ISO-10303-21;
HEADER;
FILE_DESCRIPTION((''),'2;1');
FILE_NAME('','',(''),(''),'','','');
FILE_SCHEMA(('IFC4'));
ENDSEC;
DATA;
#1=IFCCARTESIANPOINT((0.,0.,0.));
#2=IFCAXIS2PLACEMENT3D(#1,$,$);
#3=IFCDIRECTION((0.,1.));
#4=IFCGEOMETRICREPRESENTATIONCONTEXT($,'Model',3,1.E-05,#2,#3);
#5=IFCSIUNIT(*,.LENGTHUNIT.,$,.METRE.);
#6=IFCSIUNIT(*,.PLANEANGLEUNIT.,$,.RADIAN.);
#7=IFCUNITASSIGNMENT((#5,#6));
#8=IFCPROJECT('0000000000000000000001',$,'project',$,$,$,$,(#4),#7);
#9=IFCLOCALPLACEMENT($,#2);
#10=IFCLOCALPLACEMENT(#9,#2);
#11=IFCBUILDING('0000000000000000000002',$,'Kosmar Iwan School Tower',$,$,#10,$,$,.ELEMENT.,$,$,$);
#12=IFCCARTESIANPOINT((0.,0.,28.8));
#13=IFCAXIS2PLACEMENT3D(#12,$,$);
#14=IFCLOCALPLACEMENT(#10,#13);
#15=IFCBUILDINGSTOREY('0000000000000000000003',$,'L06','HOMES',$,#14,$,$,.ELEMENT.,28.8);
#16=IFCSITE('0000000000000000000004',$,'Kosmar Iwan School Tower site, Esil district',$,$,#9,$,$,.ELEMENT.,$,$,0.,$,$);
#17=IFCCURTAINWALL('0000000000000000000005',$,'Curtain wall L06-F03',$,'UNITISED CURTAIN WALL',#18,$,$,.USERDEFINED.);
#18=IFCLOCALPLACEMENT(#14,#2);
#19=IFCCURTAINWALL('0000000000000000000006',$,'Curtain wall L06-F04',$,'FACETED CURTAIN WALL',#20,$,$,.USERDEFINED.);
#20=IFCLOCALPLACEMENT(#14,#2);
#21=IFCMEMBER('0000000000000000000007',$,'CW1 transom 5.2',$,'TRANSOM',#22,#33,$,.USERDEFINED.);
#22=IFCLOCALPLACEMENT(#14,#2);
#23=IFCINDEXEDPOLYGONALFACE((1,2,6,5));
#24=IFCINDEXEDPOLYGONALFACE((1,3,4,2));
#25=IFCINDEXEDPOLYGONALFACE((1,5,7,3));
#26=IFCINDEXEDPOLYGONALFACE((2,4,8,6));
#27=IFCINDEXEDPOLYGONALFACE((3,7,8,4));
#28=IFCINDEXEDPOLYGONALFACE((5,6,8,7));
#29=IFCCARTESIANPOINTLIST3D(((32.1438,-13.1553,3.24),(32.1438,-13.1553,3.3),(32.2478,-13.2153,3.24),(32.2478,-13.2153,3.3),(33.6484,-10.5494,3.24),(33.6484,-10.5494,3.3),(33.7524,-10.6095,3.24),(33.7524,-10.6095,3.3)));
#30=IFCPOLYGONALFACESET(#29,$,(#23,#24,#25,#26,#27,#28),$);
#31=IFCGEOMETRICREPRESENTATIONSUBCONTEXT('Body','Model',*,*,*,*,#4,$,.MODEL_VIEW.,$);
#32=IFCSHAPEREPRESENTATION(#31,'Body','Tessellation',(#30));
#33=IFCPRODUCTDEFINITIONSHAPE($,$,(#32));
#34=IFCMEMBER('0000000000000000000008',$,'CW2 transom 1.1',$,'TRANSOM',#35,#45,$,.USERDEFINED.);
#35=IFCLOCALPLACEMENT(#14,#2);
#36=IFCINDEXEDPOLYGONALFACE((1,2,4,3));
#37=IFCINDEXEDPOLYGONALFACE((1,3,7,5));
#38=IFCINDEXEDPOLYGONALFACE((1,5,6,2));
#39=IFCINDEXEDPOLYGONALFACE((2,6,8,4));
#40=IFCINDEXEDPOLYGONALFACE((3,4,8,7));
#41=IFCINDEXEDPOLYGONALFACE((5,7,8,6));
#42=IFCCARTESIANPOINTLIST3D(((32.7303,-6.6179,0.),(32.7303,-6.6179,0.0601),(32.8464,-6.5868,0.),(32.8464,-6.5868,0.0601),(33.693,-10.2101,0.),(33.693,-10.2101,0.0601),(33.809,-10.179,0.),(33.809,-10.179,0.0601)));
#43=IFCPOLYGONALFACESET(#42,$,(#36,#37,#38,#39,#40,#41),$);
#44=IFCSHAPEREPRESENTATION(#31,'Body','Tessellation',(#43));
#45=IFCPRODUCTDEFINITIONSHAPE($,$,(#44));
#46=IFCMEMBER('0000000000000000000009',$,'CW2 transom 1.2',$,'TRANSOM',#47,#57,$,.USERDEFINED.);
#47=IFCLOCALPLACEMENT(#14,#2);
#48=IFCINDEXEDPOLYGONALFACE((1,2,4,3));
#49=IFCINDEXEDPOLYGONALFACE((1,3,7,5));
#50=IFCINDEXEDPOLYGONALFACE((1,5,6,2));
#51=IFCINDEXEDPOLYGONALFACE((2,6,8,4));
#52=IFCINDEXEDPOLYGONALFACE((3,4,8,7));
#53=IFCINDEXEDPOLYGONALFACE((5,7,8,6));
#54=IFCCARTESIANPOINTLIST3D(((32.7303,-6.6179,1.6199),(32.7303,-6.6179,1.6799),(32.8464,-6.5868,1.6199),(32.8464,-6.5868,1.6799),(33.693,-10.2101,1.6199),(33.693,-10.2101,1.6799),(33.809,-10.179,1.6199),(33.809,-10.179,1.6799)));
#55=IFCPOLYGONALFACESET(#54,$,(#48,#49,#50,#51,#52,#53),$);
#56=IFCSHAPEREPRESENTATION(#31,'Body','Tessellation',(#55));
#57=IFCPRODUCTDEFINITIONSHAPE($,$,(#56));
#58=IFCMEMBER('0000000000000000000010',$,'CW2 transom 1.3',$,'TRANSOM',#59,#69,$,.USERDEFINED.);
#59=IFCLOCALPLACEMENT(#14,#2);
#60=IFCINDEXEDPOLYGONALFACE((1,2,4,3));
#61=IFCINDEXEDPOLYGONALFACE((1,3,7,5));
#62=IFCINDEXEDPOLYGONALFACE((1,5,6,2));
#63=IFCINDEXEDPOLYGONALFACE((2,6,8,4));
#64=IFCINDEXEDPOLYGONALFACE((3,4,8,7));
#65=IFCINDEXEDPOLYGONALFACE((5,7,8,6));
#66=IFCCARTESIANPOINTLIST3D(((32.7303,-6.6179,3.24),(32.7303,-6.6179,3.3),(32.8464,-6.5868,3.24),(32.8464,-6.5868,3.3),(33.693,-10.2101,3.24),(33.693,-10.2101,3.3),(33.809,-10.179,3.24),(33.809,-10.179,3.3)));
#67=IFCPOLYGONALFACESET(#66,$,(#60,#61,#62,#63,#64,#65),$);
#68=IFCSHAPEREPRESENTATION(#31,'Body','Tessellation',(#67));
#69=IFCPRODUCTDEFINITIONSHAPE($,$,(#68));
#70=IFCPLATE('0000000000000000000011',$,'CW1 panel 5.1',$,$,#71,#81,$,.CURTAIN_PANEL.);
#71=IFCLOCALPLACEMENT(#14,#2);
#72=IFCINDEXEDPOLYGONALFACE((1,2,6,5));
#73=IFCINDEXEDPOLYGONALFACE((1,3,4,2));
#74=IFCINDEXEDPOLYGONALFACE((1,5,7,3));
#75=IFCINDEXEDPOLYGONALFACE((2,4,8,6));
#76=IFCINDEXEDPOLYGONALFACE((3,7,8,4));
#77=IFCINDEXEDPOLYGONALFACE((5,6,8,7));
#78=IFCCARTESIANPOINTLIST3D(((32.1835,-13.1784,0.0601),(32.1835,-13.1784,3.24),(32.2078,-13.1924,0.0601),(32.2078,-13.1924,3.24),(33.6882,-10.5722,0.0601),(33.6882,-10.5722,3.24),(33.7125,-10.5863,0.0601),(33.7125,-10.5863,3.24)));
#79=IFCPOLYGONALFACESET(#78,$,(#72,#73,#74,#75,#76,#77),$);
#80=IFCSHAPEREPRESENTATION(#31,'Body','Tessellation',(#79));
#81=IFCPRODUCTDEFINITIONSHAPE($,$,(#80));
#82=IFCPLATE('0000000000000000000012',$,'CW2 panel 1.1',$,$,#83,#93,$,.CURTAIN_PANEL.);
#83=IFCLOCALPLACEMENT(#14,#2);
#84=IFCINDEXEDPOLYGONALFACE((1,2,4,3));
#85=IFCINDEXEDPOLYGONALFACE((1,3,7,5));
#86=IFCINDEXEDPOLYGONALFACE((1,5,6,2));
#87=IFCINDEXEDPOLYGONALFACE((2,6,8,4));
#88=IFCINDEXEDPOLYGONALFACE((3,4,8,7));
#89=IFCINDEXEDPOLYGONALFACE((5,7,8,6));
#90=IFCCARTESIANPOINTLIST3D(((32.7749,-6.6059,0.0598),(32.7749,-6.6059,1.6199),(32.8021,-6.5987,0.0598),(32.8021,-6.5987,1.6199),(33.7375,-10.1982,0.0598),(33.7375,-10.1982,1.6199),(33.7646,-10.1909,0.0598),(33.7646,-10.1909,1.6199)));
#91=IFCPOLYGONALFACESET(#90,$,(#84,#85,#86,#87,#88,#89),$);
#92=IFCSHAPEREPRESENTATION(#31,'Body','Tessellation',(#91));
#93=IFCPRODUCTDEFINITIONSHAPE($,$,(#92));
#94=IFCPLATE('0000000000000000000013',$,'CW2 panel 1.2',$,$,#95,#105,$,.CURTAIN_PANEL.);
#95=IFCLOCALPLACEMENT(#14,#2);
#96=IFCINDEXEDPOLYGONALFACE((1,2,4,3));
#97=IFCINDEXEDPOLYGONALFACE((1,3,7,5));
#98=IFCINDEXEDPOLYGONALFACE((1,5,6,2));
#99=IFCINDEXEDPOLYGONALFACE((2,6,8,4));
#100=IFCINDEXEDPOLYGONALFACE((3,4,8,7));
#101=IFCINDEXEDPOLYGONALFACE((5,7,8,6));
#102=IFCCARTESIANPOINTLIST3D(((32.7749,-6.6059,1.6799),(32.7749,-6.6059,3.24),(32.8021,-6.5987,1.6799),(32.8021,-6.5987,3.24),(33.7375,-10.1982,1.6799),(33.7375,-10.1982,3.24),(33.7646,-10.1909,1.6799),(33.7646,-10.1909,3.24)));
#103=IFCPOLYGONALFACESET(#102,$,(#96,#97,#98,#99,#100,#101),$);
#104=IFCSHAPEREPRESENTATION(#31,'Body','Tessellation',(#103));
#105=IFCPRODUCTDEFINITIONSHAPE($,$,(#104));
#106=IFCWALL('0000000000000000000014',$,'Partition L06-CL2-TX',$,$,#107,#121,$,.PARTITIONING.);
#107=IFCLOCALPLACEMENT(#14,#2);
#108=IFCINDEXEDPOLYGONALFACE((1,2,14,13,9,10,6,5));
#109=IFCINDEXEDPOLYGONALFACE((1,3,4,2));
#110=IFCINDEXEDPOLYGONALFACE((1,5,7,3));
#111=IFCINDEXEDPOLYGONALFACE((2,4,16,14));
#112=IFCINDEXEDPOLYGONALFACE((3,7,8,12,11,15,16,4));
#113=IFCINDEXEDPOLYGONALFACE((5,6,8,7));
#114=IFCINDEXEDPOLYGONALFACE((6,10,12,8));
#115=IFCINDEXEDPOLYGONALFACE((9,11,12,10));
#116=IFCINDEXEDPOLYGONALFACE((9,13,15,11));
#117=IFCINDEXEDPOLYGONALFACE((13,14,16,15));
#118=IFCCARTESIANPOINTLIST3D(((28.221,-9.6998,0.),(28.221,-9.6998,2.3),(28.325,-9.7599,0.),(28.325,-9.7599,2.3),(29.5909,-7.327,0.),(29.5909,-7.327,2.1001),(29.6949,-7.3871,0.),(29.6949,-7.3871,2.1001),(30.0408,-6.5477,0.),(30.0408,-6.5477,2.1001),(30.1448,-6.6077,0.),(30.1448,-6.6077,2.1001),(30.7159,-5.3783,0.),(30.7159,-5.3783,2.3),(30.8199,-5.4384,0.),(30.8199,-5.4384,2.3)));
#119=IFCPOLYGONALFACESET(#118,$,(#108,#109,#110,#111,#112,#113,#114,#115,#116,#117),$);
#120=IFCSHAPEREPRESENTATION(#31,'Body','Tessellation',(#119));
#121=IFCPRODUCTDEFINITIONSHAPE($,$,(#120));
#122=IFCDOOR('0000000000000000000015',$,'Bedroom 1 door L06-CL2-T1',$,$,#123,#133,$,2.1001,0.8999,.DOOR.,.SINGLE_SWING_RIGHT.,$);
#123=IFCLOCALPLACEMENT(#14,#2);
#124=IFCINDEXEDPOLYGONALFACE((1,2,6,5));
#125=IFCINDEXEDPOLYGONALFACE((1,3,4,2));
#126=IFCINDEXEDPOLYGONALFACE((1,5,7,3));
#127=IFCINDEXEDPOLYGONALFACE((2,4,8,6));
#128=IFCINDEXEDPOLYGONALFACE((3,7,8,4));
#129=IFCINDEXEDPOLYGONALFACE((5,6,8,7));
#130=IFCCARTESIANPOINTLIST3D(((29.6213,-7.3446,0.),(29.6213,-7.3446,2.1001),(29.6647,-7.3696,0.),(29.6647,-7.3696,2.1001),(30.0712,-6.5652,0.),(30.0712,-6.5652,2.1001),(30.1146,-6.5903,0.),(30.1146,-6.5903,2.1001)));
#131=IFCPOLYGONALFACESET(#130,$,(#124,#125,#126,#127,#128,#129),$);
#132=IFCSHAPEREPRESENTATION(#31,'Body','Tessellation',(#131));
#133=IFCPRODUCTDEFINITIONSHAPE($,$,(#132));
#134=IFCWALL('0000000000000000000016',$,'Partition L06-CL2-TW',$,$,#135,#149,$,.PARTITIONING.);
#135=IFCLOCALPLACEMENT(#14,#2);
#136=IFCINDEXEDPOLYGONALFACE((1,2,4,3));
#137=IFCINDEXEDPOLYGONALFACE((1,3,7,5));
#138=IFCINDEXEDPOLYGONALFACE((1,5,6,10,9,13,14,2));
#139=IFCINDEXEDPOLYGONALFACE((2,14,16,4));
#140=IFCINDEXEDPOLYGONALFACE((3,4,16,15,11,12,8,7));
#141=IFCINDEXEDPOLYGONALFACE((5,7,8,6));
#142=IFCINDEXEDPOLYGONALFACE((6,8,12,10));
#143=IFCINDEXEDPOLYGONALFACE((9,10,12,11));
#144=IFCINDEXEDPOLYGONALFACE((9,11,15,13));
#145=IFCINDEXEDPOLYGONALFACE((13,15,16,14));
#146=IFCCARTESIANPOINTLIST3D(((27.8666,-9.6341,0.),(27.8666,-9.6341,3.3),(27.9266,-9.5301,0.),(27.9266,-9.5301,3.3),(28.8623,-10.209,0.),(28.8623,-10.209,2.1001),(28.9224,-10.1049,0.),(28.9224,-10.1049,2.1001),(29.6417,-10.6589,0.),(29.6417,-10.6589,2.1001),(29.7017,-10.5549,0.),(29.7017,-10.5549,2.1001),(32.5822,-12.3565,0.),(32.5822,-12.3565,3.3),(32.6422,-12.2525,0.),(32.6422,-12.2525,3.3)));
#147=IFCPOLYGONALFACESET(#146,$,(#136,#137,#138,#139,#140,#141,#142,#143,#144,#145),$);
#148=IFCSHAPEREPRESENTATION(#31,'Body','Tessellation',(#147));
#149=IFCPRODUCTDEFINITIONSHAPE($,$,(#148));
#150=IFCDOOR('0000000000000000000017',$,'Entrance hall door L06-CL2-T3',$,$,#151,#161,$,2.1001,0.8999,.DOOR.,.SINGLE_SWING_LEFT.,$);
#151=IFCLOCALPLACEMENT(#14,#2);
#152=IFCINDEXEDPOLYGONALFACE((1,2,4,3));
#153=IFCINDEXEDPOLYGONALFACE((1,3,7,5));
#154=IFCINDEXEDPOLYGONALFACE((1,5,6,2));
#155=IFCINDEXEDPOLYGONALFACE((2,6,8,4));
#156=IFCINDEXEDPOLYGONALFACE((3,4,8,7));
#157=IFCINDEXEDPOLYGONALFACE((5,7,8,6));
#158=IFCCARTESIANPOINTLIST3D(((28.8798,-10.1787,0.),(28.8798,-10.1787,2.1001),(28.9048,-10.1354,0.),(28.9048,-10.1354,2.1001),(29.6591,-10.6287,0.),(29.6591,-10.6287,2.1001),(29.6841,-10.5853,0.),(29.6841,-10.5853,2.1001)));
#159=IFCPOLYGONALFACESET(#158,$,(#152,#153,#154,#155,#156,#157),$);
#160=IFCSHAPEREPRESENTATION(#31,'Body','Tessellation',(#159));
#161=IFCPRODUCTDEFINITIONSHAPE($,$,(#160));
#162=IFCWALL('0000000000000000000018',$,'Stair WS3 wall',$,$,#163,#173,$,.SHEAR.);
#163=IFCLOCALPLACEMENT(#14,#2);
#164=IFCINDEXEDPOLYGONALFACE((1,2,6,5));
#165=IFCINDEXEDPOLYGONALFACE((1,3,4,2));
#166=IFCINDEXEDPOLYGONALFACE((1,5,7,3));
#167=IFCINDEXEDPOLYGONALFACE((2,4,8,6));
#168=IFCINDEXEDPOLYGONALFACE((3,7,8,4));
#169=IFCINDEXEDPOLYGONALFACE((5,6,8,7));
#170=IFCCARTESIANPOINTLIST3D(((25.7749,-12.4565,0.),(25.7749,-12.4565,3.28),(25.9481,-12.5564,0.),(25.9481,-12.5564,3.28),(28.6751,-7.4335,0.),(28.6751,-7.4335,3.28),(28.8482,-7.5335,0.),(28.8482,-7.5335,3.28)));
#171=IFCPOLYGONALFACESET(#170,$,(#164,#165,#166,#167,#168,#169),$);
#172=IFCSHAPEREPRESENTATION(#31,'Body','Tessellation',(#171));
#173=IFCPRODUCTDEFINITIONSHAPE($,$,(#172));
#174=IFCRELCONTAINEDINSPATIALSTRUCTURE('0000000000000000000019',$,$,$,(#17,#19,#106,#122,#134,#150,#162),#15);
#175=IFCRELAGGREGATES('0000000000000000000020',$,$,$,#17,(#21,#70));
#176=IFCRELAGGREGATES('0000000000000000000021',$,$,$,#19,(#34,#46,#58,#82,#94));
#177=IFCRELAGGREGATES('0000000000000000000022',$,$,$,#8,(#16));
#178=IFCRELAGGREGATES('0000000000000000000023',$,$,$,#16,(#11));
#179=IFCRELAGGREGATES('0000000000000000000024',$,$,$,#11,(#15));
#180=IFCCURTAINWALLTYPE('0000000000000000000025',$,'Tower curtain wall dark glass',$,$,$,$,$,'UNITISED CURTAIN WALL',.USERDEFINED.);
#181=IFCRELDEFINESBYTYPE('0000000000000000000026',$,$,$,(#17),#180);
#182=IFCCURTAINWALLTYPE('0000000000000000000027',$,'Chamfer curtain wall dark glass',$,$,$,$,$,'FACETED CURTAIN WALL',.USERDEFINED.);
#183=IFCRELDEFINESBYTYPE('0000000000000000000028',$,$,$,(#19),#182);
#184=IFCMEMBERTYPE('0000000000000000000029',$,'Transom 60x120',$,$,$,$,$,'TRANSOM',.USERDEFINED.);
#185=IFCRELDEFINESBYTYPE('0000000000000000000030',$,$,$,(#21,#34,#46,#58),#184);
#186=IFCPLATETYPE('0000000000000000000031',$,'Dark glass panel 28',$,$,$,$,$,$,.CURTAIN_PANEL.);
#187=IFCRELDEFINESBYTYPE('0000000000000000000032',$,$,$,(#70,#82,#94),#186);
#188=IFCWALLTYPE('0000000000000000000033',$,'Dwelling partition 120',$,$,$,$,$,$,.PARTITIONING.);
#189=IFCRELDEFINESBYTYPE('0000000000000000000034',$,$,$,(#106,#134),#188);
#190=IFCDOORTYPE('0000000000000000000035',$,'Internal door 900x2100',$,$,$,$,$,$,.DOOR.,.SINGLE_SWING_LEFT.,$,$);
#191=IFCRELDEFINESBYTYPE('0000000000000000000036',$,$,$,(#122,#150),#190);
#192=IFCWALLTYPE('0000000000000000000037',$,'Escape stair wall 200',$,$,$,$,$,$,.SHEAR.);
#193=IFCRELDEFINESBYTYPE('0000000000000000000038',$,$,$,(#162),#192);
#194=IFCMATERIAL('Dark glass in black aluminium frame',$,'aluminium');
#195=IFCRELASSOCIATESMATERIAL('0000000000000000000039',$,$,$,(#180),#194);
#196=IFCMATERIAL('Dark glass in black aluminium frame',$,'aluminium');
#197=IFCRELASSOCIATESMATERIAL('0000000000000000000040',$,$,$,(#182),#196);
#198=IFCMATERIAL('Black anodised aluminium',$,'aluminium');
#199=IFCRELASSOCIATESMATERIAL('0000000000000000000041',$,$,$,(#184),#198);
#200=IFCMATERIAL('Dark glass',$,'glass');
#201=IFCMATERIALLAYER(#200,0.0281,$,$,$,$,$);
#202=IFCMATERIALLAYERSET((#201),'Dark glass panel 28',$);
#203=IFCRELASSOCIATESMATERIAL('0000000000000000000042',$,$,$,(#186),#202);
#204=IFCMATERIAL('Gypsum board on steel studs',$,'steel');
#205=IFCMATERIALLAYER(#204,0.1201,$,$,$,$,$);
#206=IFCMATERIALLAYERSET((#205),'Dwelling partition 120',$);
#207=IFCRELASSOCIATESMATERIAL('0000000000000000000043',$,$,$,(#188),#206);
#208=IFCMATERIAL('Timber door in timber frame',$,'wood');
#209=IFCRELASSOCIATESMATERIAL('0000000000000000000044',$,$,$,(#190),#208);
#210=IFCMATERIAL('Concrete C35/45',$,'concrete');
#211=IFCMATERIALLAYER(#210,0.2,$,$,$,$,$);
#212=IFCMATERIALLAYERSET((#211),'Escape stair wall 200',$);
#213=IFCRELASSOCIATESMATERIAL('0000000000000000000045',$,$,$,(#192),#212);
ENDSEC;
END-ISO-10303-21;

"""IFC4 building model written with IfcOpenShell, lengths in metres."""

from ifc_helpers import new_model, si_unit, direction, frame, frame_2d, origin, origin_2d, place, context, subcontext, project, spatial, rectangle, extrude, material, layer, layer_set, material_profile, profile_set, type_object, element, fill, aggregate, save


model = new_model("IFC4")

# Units and contexts
model_context = context("Model", 3, precision=1e-05, world=origin(), true_north=direction((0.0, 1.0)))
body_context = subcontext(model_context, "Body", "Model", "MODEL_VIEW")
ifc_project = project(units=[si_unit("LENGTHUNIT", "METRE"), si_unit("PLANEANGLEUNIT", "RADIAN")], contexts=[model_context])

# Site, building, storey
site_placement = place(None, origin())
site = spatial("IfcSite", under=ifc_project, at=site_placement, Name="Kosmar Iwan School Tower site, Esil district", CompositionType="ELEMENT", RefElevation=0.0)
building_placement = place(site_placement, origin())
building = spatial("IfcBuilding", under=site, at=building_placement, Name="Kosmar Iwan School Tower", CompositionType="ELEMENT")
storey_placement = place(building_placement, frame((0.0, 0.0, 28.8)))
storey = spatial("IfcBuildingStorey", under=building, at=storey_placement, Name="L06", Description="HOMES", CompositionType="ELEMENT", Elevation=28.8)

# Curtain walls
ifc_material_1 = material(Name="Dark glass in black aluminium frame", Category="aluminium")
curtain_wall_type_1 = type_object("IfcCurtainWallType", Name="Tower curtain wall dark glass", ElementType="UNITISED CURTAIN WALL", PredefinedType="USERDEFINED", material=ifc_material_1)
curtain_wall_1_placement = place(storey_placement, origin())
curtain_wall_1 = element("IfcCurtainWall", 1, at=curtain_wall_1_placement, inside=storey, type_object=curtain_wall_type_1, Name="Curtain wall L06-F03", ObjectType="UNITISED CURTAIN WALL", PredefinedType="USERDEFINED")
ifc_material_2 = material(Name="Dark glass in black aluminium frame", Category="aluminium")
curtain_wall_type_2 = type_object("IfcCurtainWallType", Name="Chamfer curtain wall dark glass", ElementType="FACETED CURTAIN WALL", PredefinedType="USERDEFINED", material=ifc_material_2)
curtain_wall_2_placement = place(storey_placement, origin())
curtain_wall_2 = element("IfcCurtainWall", 2, at=curtain_wall_2_placement, inside=storey, type_object=curtain_wall_type_2, Name="Curtain wall L06-F04", ObjectType="FACETED CURTAIN WALL", PredefinedType="USERDEFINED")

# Members
ifc_material_3 = material(Name="Black anodised aluminium", Category="aluminium")
ifc_material_profile_1 = material_profile(ifc_material_3, rectangle(XDim=0.1201, YDim=0.0601, at=origin_2d()), Name="TRANSOM 60x120")
ifc_profile_set_1 = profile_set([ifc_material_profile_1], Name="Black anodised aluminium")
member_type_1 = type_object("IfcMemberType", Name="Transom 60x120", ElementType="TRANSOM", PredefinedType="USERDEFINED", material=ifc_profile_set_1)
member_1_placement = place(storey_placement, frame((32.1958, -13.1853, 3.27), z_axis=(0.500022, 0.866013, 0.0), x_axis=(-0.866013, 0.500022, 0.0)))
member_1 = element("IfcMember", 3, at=member_1_placement, type_object=member_type_1, Name="CW1 transom 5.2", ObjectType="TRANSOM", PredefinedType="USERDEFINED", context=body_context, shape_type="SweptSolid", body=[
    extrude(rectangle(XDim=0.1201, YDim=0.0601, at=origin_2d()), origin(), (0.0, 0.0, 1.0), 3.009),
])
member_2_placement = place(storey_placement, frame((33.751, -10.1946, 0.03), z_axis=(-0.258843, 0.965919, 0.0), x_axis=(-0.965919, -0.258843, 0.0)))
member_2 = element("IfcMember", 4, at=member_2_placement, type_object=member_type_1, Name="CW2 transom 1.1", ObjectType="TRANSOM", PredefinedType="USERDEFINED", context=body_context, shape_type="SweptSolid", body=[
    extrude(rectangle(XDim=0.1201, YDim=0.0601, at=origin_2d()), origin(), (0.0, 0.0, 1.0), 3.719),
])
member_3_placement = place(storey_placement, frame((33.751, -10.1946, 1.6499), z_axis=(-0.258843, 0.965919, 0.0), x_axis=(-0.965919, -0.258843, 0.0)))
member_3 = element("IfcMember", 5, at=member_3_placement, type_object=member_type_1, Name="CW2 transom 1.2", ObjectType="TRANSOM", PredefinedType="USERDEFINED", context=body_context, shape_type="SweptSolid", body=[
    extrude(rectangle(XDim=0.1201, YDim=0.0601, at=origin_2d()), origin(), (0.0, 0.0, 1.0), 3.719),
])
member_4_placement = place(storey_placement, frame((33.751, -10.1946, 3.27), z_axis=(-0.258843, 0.965919, 0.0), x_axis=(-0.965919, -0.258843, 0.0)))
member_4 = element("IfcMember", 6, at=member_4_placement, type_object=member_type_1, Name="CW2 transom 1.3", ObjectType="TRANSOM", PredefinedType="USERDEFINED", context=body_context, shape_type="SweptSolid", body=[
    extrude(rectangle(XDim=0.1201, YDim=0.0601, at=origin_2d()), origin(), (0.0, 0.0, 1.0), 3.719),
])

# Plates
ifc_material_4 = material(Name="Dark glass", Category="glass")
ifc_layer_1 = layer(ifc_material_4, 0.0281)
ifc_layer_set_1 = layer_set([ifc_layer_1], Name="Dark glass panel 28")
plate_type = type_object("IfcPlateType", Name="Dark glass panel 28", PredefinedType="CURTAIN_PANEL", material=ifc_layer_set_1)
plate_1_placement = place(storey_placement, frame((32.948, -11.8823, 0.0601), z_axis=(0.0, 0.0, 1.0), x_axis=(0.5, 0.866025, 0.0)))
plate_1 = element("IfcPlate", 7, at=plate_1_placement, type_object=plate_type, Name="CW1 panel 5.1", PredefinedType="CURTAIN_PANEL", context=body_context, shape_type="SweptSolid", body=[
    extrude(rectangle(XDim=3.0093, YDim=0.0281, at=origin_2d()), origin(), (0.0, 0.0, 1.0), 3.1799),
])
aggregate(curtain_wall_1, [member_1, plate_1])
plate_2_placement = place(storey_placement, frame((33.2698, -8.3984, 0.0598), z_axis=(0.0, 0.0, 1.0), x_axis=(-0.258819, 0.965926, 0.0)))
plate_2 = element("IfcPlate", 8, at=plate_2_placement, type_object=plate_type, Name="CW2 panel 1.1", PredefinedType="CURTAIN_PANEL", context=body_context, shape_type="SweptSolid", body=[
    extrude(rectangle(XDim=3.719, YDim=0.0281, at=origin_2d()), origin(), (0.0, 0.0, 1.0), 1.5601),
])
plate_3_placement = place(storey_placement, frame((33.2698, -8.3984, 1.6799), z_axis=(0.0, 0.0, 1.0), x_axis=(-0.258819, 0.965926, 0.0)))
plate_3 = element("IfcPlate", 9, at=plate_3_placement, type_object=plate_type, Name="CW2 panel 1.2", PredefinedType="CURTAIN_PANEL", context=body_context, shape_type="SweptSolid", body=[
    extrude(rectangle(XDim=3.719, YDim=0.0281, at=origin_2d()), origin(), (0.0, 0.0, 1.0), 1.5601),
])
aggregate(curtain_wall_2, [member_2, member_3, member_4, plate_2, plate_3])

# Walls, openings, doors
ifc_material_5 = material(Name="Gypsum board on steel studs", Category="steel")
ifc_layer_2 = layer(ifc_material_5, 0.1201)
ifc_layer_set_2 = layer_set([ifc_layer_2], Name="Dwelling partition 120")
wall_type_1 = type_object("IfcWallType", Name="Dwelling partition 120", PredefinedType="PARTITIONING", material=ifc_layer_set_2)
wall_1_placement = place(storey_placement, frame((28.2729, -9.73, 0.0), z_axis=(0.0, 0.0, 1.0), x_axis=(0.499975, 0.86604, 0.0)))
wall_1 = element("IfcWall", 10, at=wall_1_placement, inside=storey, type_object=wall_type_1, Name="Partition L06-CL2-TX", PredefinedType="PARTITIONING", context=body_context, shape_type="SweptSolid", body=[
    extrude(rectangle(XDim=4.99, YDim=0.1201, at=frame_2d((2.4951, 0.0))), origin(), (0.0, 0.0, 1.0), 2.3),
])
opening_1_placement = place(wall_1_placement, frame((2.74, 0.0, 0.0)))
opening_1 = element("IfcOpeningElement", 11, at=opening_1_placement, cuts=wall_1, PredefinedType="OPENING", context=body_context, shape_type="SweptSolid", body=[
    extrude(rectangle(XDim=0.8999, YDim=2.1001, at=frame_2d((0.45, 1.05))), frame((0.0, 0.072, 0.0), z_axis=(0.0, -1.0, 0.0), x_axis=(1.0, 0.0, 0.0)), (0.0, 0.0, 1.0), 0.144),
])
ifc_material_6 = material(Name="Timber door in timber frame", Category="wood")
door_type = type_object("IfcDoorType", Name="Internal door 900x2100", OperationType="SINGLE_SWING_LEFT", PredefinedType="DOOR", material=ifc_material_6)
door_1_placement = place(opening_1_placement, origin())
door_1 = element("IfcDoor", 12, at=door_1_placement, inside=storey, type_object=door_type, Name="Bedroom 1 door L06-CL2-T1", OperationType="SINGLE_SWING_RIGHT", OverallHeight=2.1001, OverallWidth=0.8999, PredefinedType="DOOR", context=body_context, shape_type="SweptSolid", body=[
    extrude(rectangle(XDim=0.8999, YDim=2.1001, at=frame_2d((0.45, 1.05))), frame((0.0, 0.0249, 0.0), z_axis=(0.0, -1.0, 0.0), x_axis=(1.0, 0.0, 0.0)), (0.0, 0.0, 1.0), 0.05),
])
fill(opening_1, door_1)
wall_2_placement = place(storey_placement, frame((27.8965, -9.582, 0.0), z_axis=(0.0, 0.0, 1.0), x_axis=(0.866036, -0.499982, 0.0)))
wall_2 = element("IfcWall", 13, at=wall_2_placement, inside=storey, type_object=wall_type_1, Name="Partition L06-CL2-TW", PredefinedType="PARTITIONING", context=body_context, shape_type="SweptSolid", body=[
    extrude(rectangle(XDim=5.4451, YDim=0.1201, at=frame_2d((2.7227, 0.0))), origin(), (0.0, 0.0, 1.0), 3.3),
])
opening_2_placement = place(wall_2_placement, frame((1.1499, 0.0, 0.0)))
opening_2 = element("IfcOpeningElement", 14, at=opening_2_placement, cuts=wall_2, PredefinedType="OPENING", context=body_context, shape_type="SweptSolid", body=[
    extrude(rectangle(XDim=0.8999, YDim=2.1001, at=frame_2d((0.45, 1.05))), frame((0.0, 0.072, 0.0), z_axis=(0.0, -1.0, 0.0), x_axis=(1.0, 0.0, 0.0)), (0.0, 0.0, 1.0), 0.144),
])
door_2_placement = place(opening_2_placement, origin())
door_2 = element("IfcDoor", 15, at=door_2_placement, inside=storey, type_object=door_type, Name="Entrance hall door L06-CL2-T3", OperationType="SINGLE_SWING_LEFT", OverallHeight=2.1001, OverallWidth=0.8999, PredefinedType="DOOR", context=body_context, shape_type="SweptSolid", body=[
    extrude(rectangle(XDim=0.8999, YDim=2.1001, at=frame_2d((0.45, 1.05))), frame((0.0, 0.0249, 0.0), z_axis=(0.0, -1.0, 0.0), x_axis=(1.0, 0.0, 0.0)), (0.0, 0.0, 1.0), 0.05),
])
fill(opening_2, door_2)

# Wall
ifc_material_7 = material(Name="Concrete C35/45", Category="concrete")
ifc_layer_3 = layer(ifc_material_7, 0.2)
ifc_layer_set_3 = layer_set([ifc_layer_3], Name="Escape stair wall 200")
wall_type_2 = type_object("IfcWallType", Name="Escape stair wall 200", PredefinedType="SHEAR", material=ifc_layer_set_3)
wall_3_placement = place(storey_placement, frame((25.8616, -12.5063, 0.0), z_axis=(0.0, 0.0, 1.0), x_axis=(0.500019, 0.866015, 0.0)))
element("IfcWall", 16, at=wall_3_placement, inside=storey, type_object=wall_type_2, Name="Stair WS3 wall", PredefinedType="SHEAR", context=body_context, shape_type="SweptSolid", body=[
    extrude(rectangle(XDim=5.8, YDim=0.2, at=frame_2d((2.8999, 0.0))), origin(), (0.0, 0.0, 1.0), 3.28),
])

save(model, "model.ifc")
